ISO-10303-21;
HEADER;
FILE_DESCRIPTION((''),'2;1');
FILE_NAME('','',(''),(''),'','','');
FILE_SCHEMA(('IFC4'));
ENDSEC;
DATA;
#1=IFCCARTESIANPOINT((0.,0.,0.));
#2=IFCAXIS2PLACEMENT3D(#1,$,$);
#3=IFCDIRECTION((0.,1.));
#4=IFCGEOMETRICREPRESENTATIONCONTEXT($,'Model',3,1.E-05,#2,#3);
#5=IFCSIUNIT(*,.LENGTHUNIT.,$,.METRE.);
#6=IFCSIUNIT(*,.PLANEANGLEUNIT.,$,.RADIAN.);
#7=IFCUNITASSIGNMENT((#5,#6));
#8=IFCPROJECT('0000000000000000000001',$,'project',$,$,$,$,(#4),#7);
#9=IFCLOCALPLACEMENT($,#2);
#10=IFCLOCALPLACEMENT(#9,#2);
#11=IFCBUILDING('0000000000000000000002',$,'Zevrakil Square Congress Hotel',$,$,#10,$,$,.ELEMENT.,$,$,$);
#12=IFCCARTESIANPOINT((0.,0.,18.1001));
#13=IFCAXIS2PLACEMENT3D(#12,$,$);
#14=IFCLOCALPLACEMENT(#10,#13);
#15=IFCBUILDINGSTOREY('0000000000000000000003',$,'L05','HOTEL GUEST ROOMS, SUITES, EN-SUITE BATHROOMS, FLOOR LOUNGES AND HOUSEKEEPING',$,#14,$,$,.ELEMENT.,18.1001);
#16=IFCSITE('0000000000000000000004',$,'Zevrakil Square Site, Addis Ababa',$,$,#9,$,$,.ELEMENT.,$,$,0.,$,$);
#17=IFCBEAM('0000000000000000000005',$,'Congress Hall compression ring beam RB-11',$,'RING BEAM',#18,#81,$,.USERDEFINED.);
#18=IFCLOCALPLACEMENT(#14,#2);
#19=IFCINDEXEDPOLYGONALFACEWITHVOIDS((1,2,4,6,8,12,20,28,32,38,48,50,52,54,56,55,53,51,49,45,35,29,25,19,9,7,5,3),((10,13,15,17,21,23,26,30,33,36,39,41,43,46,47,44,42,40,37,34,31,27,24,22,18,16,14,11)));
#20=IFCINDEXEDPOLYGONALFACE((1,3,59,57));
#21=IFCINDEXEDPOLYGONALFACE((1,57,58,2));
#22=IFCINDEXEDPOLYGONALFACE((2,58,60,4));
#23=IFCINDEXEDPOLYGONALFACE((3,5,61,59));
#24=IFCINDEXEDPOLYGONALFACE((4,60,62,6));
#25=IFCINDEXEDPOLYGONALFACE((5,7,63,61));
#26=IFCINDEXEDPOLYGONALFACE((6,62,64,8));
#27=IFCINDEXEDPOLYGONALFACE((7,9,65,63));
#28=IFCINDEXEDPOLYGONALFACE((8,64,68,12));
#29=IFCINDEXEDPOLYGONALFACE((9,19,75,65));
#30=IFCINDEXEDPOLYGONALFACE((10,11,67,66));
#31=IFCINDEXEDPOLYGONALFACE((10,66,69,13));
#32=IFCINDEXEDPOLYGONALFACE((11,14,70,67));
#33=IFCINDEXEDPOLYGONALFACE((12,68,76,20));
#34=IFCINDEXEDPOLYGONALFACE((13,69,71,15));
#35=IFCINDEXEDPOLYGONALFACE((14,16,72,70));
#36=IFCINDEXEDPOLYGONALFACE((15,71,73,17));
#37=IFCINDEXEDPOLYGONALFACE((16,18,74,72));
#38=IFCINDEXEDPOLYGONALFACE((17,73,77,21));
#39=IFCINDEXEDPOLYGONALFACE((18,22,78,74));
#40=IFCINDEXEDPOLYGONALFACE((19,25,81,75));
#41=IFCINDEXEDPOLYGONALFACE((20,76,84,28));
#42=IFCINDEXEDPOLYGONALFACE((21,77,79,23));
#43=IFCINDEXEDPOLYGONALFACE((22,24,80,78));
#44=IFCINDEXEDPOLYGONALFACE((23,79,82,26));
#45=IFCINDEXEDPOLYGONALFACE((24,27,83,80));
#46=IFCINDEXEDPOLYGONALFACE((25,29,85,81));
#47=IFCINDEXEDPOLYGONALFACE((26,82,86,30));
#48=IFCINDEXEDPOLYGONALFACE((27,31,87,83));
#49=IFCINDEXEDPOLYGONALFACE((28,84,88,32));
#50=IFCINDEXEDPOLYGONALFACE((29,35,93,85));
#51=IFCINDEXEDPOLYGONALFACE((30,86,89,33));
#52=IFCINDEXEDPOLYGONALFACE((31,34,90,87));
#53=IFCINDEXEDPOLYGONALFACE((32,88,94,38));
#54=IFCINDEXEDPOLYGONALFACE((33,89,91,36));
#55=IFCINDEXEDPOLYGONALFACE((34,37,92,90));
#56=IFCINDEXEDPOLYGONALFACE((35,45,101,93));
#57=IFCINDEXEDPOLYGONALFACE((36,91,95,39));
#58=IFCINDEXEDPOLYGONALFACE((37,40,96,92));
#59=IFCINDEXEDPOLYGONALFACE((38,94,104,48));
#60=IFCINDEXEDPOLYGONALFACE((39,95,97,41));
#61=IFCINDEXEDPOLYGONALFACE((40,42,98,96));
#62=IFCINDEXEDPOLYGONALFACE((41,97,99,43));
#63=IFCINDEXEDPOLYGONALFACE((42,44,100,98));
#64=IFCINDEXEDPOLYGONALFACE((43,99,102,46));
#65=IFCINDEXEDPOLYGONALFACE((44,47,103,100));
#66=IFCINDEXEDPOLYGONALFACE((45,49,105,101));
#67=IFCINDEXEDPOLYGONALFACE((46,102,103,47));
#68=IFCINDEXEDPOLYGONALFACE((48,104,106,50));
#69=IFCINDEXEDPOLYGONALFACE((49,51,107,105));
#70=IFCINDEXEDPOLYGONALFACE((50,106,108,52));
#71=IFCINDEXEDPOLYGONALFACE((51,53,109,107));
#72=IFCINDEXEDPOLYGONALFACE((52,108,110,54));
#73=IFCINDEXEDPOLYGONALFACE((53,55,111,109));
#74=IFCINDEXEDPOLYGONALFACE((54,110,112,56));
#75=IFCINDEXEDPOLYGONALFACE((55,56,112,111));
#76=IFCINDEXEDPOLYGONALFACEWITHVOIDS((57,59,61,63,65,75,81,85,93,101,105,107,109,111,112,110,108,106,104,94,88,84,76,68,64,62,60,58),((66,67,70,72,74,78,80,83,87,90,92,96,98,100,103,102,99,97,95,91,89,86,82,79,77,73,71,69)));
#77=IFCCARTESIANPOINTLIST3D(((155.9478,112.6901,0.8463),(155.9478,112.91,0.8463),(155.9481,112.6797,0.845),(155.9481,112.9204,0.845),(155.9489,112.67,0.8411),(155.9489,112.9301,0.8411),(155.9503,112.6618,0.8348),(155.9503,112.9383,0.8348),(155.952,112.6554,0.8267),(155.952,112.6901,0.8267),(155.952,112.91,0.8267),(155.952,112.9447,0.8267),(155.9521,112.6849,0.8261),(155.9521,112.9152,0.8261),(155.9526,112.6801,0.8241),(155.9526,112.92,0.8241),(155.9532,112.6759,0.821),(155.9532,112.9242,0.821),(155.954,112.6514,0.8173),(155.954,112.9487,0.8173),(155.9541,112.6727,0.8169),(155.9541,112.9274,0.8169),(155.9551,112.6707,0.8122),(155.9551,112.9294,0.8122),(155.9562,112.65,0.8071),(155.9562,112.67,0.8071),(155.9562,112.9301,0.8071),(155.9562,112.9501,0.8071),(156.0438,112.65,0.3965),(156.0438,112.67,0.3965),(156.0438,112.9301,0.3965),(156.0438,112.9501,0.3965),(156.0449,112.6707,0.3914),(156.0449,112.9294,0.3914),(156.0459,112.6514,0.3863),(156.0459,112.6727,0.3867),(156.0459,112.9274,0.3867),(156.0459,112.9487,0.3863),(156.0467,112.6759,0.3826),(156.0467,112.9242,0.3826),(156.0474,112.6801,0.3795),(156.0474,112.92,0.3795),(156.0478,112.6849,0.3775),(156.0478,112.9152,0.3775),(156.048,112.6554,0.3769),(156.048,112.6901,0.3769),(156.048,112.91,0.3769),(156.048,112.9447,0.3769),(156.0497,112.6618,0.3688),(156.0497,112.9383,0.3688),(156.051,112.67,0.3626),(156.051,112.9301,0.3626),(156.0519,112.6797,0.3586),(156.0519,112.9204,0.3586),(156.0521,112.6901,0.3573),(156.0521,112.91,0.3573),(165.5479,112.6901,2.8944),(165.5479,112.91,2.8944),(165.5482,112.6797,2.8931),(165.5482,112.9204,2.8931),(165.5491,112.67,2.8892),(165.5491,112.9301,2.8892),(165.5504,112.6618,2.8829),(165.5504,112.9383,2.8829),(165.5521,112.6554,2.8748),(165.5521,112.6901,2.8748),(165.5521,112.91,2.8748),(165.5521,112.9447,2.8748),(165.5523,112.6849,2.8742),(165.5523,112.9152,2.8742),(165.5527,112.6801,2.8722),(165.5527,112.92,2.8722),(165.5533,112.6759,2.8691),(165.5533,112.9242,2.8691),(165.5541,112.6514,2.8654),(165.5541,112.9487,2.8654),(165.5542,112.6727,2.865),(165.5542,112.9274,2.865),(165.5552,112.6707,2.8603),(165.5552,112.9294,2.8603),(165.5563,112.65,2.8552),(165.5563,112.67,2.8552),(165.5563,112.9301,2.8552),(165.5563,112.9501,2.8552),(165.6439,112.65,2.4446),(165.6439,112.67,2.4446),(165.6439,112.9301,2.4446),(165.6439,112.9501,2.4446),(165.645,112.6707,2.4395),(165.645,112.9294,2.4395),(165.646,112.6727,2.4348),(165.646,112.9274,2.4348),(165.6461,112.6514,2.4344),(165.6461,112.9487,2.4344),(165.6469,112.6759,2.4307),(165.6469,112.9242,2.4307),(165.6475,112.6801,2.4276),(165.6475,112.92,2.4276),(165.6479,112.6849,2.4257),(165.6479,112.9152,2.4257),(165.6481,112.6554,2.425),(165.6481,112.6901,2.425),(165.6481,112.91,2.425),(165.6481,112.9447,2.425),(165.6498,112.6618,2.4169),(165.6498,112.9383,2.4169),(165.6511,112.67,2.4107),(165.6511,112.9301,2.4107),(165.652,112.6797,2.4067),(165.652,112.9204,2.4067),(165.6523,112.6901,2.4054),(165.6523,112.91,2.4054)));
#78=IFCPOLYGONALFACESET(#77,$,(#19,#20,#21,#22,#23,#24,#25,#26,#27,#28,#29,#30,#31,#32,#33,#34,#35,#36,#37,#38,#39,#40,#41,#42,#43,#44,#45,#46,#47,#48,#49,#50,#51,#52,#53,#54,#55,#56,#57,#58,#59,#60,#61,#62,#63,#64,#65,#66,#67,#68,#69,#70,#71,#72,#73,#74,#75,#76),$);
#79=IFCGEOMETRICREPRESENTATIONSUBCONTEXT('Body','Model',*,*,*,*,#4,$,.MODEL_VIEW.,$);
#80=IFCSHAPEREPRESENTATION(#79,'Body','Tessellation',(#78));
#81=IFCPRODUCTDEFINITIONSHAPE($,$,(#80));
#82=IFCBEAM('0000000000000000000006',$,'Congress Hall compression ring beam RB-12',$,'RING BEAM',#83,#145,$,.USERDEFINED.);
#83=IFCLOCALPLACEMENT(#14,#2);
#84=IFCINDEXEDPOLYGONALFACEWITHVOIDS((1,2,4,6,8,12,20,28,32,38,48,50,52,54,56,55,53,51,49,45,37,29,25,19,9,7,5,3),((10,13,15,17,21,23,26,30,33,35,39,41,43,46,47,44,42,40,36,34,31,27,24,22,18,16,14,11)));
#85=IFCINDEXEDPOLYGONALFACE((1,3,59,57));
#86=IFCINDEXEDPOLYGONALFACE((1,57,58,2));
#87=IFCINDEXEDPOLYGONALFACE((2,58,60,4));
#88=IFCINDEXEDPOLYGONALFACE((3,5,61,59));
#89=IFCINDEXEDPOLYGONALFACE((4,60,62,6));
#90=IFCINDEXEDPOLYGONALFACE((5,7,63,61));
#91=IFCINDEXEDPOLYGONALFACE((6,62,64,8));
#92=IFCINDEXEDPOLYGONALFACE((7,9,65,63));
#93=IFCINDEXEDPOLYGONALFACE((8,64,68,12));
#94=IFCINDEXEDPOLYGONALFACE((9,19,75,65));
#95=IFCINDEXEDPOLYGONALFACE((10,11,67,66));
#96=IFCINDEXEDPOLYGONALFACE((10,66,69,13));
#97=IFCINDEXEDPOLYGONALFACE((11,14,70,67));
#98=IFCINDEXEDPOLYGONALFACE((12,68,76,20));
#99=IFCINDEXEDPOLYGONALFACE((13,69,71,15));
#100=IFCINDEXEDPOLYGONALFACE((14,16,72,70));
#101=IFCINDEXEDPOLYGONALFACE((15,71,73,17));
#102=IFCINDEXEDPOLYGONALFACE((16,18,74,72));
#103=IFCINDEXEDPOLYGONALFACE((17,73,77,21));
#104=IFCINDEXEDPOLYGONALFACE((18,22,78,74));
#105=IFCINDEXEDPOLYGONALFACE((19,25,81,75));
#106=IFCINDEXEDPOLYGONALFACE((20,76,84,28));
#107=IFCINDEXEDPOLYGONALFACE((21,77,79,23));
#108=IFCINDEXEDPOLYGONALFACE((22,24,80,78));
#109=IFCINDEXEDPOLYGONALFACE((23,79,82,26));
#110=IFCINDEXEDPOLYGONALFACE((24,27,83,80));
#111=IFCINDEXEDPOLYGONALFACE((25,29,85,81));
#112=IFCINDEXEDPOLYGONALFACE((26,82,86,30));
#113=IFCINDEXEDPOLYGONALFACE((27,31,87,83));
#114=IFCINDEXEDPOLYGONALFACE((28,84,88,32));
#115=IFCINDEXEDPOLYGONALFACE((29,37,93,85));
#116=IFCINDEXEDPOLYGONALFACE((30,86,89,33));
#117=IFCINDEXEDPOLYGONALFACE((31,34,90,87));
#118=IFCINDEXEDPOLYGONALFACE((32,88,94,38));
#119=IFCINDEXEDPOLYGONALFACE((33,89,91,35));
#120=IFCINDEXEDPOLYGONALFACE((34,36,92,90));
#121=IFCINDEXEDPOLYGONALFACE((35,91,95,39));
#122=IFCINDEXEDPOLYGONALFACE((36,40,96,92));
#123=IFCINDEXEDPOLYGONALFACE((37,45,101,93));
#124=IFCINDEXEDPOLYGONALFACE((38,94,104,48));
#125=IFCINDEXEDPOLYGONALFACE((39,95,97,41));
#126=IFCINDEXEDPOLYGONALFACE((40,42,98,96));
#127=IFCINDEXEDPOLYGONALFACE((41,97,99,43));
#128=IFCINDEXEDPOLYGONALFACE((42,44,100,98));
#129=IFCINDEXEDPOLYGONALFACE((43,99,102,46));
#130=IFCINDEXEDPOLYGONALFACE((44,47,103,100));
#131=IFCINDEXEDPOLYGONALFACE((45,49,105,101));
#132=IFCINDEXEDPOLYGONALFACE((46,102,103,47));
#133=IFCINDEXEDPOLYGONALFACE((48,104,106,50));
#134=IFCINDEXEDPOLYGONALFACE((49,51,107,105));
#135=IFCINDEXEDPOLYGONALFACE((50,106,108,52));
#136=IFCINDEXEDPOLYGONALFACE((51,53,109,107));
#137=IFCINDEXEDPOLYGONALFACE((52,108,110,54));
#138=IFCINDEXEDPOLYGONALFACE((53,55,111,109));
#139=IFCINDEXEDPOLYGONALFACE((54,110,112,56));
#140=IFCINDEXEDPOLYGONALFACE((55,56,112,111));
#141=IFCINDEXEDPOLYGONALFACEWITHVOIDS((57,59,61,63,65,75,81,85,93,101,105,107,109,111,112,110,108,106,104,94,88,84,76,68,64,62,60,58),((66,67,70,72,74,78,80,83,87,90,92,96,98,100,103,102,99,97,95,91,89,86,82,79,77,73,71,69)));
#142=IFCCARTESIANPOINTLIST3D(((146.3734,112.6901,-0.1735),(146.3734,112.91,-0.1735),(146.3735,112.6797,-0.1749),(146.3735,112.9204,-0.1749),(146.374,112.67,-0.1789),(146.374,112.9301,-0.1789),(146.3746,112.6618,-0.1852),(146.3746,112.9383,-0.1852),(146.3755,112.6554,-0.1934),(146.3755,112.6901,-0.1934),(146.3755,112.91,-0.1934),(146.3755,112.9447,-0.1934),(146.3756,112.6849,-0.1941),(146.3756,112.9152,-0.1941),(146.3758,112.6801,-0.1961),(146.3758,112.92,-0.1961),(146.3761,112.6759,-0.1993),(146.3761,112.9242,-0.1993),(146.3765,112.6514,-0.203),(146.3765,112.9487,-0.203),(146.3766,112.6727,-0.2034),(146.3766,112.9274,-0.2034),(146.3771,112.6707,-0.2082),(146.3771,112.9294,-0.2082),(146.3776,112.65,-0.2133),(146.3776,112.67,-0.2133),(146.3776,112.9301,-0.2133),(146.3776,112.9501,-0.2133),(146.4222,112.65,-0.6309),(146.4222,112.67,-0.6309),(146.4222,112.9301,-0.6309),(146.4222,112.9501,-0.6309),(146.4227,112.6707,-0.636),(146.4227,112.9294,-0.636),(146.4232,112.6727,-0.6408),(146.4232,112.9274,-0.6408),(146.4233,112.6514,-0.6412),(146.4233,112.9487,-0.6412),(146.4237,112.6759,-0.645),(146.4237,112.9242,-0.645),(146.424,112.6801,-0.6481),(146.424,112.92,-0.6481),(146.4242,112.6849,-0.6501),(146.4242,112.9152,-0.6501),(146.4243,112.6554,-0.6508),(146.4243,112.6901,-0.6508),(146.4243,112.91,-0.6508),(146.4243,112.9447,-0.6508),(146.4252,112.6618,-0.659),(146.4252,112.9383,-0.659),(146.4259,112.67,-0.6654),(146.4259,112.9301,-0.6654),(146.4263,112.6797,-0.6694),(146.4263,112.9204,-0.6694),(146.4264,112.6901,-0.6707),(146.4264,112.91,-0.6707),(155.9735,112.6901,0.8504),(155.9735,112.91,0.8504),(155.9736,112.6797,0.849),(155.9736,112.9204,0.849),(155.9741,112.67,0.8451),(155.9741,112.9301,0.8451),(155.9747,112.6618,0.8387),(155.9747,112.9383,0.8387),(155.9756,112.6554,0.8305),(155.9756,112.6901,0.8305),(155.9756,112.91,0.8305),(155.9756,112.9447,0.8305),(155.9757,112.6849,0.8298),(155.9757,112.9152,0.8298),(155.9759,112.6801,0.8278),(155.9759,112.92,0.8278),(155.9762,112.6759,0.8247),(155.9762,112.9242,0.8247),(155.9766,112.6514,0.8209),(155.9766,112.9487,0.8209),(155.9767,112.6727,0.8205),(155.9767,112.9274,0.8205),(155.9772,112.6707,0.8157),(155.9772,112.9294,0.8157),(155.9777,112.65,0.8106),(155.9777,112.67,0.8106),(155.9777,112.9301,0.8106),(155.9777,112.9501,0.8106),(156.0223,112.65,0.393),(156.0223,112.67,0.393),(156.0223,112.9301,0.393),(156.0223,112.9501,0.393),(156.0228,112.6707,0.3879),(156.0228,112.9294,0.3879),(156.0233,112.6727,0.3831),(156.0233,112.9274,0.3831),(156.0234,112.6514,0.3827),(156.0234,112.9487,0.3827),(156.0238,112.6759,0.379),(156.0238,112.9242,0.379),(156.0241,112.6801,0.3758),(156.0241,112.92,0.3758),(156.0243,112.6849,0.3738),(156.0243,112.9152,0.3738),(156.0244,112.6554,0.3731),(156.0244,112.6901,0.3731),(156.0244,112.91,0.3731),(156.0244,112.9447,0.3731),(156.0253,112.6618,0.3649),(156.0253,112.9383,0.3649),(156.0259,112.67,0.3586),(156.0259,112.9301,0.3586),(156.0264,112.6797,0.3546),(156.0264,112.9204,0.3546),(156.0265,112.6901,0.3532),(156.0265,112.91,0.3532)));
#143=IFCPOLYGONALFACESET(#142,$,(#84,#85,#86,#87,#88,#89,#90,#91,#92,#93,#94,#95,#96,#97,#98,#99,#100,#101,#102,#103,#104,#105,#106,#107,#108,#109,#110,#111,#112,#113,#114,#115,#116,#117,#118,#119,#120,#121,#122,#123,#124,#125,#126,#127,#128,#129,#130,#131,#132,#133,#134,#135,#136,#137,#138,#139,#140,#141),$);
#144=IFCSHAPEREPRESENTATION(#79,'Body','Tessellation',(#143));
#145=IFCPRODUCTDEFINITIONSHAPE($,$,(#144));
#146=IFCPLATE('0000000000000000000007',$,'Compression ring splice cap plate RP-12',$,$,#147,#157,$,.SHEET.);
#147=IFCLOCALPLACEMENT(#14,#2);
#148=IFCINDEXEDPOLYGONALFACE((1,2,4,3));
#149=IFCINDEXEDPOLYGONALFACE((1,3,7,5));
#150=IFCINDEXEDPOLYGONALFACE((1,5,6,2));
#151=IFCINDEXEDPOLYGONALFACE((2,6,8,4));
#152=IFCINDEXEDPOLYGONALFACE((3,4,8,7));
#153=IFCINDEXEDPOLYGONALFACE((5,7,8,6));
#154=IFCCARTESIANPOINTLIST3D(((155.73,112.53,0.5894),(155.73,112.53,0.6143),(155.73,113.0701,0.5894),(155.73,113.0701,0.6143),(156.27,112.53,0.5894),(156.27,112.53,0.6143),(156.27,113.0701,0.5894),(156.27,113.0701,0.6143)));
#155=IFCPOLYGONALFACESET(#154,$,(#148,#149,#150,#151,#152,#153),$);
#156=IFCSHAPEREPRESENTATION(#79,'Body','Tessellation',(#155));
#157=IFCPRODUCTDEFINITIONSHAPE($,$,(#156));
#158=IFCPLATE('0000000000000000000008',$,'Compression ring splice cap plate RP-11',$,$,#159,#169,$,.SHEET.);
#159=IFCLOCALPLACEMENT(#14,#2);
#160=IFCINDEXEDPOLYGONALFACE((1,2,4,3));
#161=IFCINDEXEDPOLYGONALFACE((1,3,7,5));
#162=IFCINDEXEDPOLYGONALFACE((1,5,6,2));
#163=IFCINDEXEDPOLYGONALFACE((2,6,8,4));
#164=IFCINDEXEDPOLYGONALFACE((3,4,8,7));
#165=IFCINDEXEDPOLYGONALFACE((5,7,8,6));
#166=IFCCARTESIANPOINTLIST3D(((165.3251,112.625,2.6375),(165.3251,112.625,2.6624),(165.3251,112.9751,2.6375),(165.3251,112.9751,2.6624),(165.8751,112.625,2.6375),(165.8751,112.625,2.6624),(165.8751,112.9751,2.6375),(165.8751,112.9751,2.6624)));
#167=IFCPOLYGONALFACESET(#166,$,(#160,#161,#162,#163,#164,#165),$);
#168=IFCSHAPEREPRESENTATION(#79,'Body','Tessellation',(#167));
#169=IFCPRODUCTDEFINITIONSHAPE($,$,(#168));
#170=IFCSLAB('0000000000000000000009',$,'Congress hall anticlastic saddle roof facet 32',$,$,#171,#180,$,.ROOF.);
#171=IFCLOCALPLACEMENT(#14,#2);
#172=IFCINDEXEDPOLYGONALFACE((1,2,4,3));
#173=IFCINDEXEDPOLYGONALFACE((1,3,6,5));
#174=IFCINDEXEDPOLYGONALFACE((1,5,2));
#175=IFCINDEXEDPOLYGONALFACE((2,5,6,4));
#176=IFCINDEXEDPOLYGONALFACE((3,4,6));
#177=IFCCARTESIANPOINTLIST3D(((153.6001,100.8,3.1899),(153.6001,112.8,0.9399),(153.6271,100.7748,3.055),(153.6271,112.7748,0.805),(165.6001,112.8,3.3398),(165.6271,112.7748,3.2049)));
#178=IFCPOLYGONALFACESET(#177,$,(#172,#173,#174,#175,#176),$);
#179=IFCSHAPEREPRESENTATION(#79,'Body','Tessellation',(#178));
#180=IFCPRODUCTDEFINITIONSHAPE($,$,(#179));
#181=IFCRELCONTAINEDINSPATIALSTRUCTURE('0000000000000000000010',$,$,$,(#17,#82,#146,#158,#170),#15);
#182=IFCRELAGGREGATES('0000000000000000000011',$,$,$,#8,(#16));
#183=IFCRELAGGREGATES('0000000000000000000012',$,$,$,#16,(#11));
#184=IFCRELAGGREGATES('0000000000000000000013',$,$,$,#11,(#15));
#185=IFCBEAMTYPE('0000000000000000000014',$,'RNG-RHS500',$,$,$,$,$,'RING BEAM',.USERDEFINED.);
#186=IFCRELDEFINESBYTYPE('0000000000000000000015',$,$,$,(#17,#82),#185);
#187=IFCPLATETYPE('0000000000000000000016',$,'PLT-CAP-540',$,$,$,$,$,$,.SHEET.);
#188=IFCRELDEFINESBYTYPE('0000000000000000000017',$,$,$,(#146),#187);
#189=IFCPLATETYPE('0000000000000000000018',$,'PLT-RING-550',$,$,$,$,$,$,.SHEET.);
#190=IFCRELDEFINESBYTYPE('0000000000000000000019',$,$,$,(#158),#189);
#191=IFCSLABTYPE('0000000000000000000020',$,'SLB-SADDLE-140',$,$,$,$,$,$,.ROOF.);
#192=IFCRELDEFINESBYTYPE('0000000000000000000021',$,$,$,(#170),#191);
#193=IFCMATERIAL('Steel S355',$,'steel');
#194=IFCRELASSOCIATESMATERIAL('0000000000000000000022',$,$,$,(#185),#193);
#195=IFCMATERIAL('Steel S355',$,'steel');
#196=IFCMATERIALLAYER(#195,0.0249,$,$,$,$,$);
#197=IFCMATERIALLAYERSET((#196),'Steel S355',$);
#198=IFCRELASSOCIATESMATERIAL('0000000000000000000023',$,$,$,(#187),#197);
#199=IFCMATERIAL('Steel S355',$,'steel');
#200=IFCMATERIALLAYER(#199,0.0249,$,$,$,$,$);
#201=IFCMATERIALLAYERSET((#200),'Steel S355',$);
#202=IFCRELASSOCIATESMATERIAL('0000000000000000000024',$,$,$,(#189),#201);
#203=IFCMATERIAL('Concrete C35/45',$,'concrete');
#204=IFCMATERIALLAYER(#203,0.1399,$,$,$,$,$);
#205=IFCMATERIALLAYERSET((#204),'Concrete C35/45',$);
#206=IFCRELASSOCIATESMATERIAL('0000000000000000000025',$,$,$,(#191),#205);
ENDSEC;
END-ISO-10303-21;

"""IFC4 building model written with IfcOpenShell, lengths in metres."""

from ifc_helpers import new_model, si_unit, direction, frame, origin, origin_2d, place, context, subcontext, project, spatial, polyline, rectangle, hollow_rectangle, outline, extrude, material, layer, layer_set, material_profile, profile_set, type_object, element, save


model = new_model("IFC4")

# Units and contexts
model_context = context("Model", 3, precision=1e-05, world=origin(), true_north=direction((0.0, 1.0)))
body_context = subcontext(model_context, "Body", "Model", "MODEL_VIEW")
ifc_project = project(units=[si_unit("LENGTHUNIT", "METRE"), si_unit("PLANEANGLEUNIT", "RADIAN")], contexts=[model_context])

# Site, building, storey
site_placement = place(None, origin())
site = spatial("IfcSite", under=ifc_project, at=site_placement, Name="Zevrakil Square Site, Addis Ababa", CompositionType="ELEMENT", RefElevation=0.0)
building_placement = place(site_placement, origin())
building = spatial("IfcBuilding", under=site, at=building_placement, Name="Zevrakil Square Congress Hotel", CompositionType="ELEMENT")
storey_placement = place(building_placement, frame((0.0, 0.0, 18.1001)))
storey = spatial("IfcBuildingStorey", under=building, at=storey_placement, Name="L05", Description="HOTEL GUEST ROOMS, SUITES, EN-SUITE BATHROOMS, FLOOR LOUNGES AND HOUSEKEEPING", CompositionType="ELEMENT", Elevation=18.1001)

# Beams
ifc_material_1 = material(Name="Steel S355", Category="steel")
ifc_material_profile_1 = material_profile(ifc_material_1, hollow_rectangle(XDim=0.3, YDim=0.5, WallThickness=0.02, InnerFilletRadius=0.02, OuterFilletRadius=0.04, at=origin_2d()), Name="RHS 500x300x20")
ifc_profile_set_1 = profile_set([ifc_material_profile_1], Name="Steel S355")
beam_type = type_object("IfcBeamType", Name="RNG-RHS500", ElementType="RING BEAM", PredefinedType="USERDEFINED", material=ifc_profile_set_1)
beam_1_placement = place(storey_placement, frame((165.6001, 112.8, 2.6499), z_axis=(-0.977991, 0.0, -0.208646), x_axis=(0.0, -1.0, 0.0)))
element("IfcBeam", 1, at=beam_1_placement, inside=storey, type_object=beam_type, Name="Congress Hall compression ring beam RB-11", ObjectType="RING BEAM", PredefinedType="USERDEFINED", context=body_context, shape_type="SweptSolid", body=[
    extrude(hollow_rectangle(XDim=0.3, YDim=0.5, WallThickness=0.02, InnerFilletRadius=0.02, OuterFilletRadius=0.04, at=origin_2d()), origin(), (0.0, 0.0, 1.0), 9.8162),
])
beam_2_placement = place(storey_placement, frame((156.0, 112.8, 0.6018), z_axis=(-0.99436, 0.0, -0.106056), x_axis=(0.0, -1.0, 0.0)))
element("IfcBeam", 2, at=beam_2_placement, inside=storey, type_object=beam_type, Name="Congress Hall compression ring beam RB-12", ObjectType="RING BEAM", PredefinedType="USERDEFINED", context=body_context, shape_type="SweptSolid", body=[
    extrude(hollow_rectangle(XDim=0.3, YDim=0.5, WallThickness=0.02, InnerFilletRadius=0.02, OuterFilletRadius=0.04, at=origin_2d()), origin(), (0.0, 0.0, 1.0), 9.6545),
])

# Plates
ifc_material_2 = material(Name="Steel S355", Category="steel")
ifc_layer_1 = layer(ifc_material_2, 0.0249)
ifc_layer_set_1 = layer_set([ifc_layer_1], Name="Steel S355")
plate_type_1 = type_object("IfcPlateType", Name="PLT-CAP-540", PredefinedType="SHEET", material=ifc_layer_set_1)
plate_1_placement = place(storey_placement, frame((156.0, 112.8, 0.5894), z_axis=(0.0, 0.0, 1.0), x_axis=(1.0, 0.0, 0.0)))
element("IfcPlate", 3, at=plate_1_placement, inside=storey, type_object=plate_type_1, Name="Compression ring splice cap plate RP-12", PredefinedType="SHEET", context=body_context, shape_type="SweptSolid", body=[
    extrude(rectangle(XDim=0.54, YDim=0.54, at=origin_2d()), origin(), (0.0, 0.0, 1.0), 0.0249),
])
ifc_material_3 = material(Name="Steel S355", Category="steel")
ifc_layer_2 = layer(ifc_material_3, 0.0249)
ifc_layer_set_2 = layer_set([ifc_layer_2], Name="Steel S355")
plate_type_2 = type_object("IfcPlateType", Name="PLT-RING-550", PredefinedType="SHEET", material=ifc_layer_set_2)
plate_2_placement = place(storey_placement, frame((165.6001, 112.8, 2.6375), z_axis=(0.0, 0.0, 1.0), x_axis=(1.0, 0.0, 0.0)))
element("IfcPlate", 4, at=plate_2_placement, inside=storey, type_object=plate_type_2, Name="Compression ring splice cap plate RP-11", PredefinedType="SHEET", context=body_context, shape_type="SweptSolid", body=[
    extrude(rectangle(XDim=0.55, YDim=0.3501, at=origin_2d()), origin(), (0.0, 0.0, 1.0), 0.0249),
])

# Slab
ifc_material_4 = material(Name="Concrete C35/45", Category="concrete")
ifc_layer_3 = layer(ifc_material_4, 0.1399)
ifc_layer_set_3 = layer_set([ifc_layer_3], Name="Concrete C35/45")
slab_type = type_object("IfcSlabType", Name="SLB-SADDLE-140", PredefinedType="ROOF", material=ifc_layer_set_3)
slab_placement = place(storey_placement, frame((153.6001, 100.8, 3.1899), z_axis=(-0.192876, 0.180828, 0.964417), x_axis=(0.707079, 0.707079, 0.008833)))
element("IfcSlab", 5, at=slab_placement, inside=storey, type_object=slab_type, Name="Congress hall anticlastic saddle roof facet 32", PredefinedType="ROOF", context=body_context, shape_type="SweptSolid", body=[
    extrude(outline(polyline([(0.0, 0.0), (16.9712, 0.0), (8.4651, 8.798), (0.0, 0.0)])), origin(), (0.0, 0.0, -1.0), 0.1399),
])

save(model, "model.ifc")
